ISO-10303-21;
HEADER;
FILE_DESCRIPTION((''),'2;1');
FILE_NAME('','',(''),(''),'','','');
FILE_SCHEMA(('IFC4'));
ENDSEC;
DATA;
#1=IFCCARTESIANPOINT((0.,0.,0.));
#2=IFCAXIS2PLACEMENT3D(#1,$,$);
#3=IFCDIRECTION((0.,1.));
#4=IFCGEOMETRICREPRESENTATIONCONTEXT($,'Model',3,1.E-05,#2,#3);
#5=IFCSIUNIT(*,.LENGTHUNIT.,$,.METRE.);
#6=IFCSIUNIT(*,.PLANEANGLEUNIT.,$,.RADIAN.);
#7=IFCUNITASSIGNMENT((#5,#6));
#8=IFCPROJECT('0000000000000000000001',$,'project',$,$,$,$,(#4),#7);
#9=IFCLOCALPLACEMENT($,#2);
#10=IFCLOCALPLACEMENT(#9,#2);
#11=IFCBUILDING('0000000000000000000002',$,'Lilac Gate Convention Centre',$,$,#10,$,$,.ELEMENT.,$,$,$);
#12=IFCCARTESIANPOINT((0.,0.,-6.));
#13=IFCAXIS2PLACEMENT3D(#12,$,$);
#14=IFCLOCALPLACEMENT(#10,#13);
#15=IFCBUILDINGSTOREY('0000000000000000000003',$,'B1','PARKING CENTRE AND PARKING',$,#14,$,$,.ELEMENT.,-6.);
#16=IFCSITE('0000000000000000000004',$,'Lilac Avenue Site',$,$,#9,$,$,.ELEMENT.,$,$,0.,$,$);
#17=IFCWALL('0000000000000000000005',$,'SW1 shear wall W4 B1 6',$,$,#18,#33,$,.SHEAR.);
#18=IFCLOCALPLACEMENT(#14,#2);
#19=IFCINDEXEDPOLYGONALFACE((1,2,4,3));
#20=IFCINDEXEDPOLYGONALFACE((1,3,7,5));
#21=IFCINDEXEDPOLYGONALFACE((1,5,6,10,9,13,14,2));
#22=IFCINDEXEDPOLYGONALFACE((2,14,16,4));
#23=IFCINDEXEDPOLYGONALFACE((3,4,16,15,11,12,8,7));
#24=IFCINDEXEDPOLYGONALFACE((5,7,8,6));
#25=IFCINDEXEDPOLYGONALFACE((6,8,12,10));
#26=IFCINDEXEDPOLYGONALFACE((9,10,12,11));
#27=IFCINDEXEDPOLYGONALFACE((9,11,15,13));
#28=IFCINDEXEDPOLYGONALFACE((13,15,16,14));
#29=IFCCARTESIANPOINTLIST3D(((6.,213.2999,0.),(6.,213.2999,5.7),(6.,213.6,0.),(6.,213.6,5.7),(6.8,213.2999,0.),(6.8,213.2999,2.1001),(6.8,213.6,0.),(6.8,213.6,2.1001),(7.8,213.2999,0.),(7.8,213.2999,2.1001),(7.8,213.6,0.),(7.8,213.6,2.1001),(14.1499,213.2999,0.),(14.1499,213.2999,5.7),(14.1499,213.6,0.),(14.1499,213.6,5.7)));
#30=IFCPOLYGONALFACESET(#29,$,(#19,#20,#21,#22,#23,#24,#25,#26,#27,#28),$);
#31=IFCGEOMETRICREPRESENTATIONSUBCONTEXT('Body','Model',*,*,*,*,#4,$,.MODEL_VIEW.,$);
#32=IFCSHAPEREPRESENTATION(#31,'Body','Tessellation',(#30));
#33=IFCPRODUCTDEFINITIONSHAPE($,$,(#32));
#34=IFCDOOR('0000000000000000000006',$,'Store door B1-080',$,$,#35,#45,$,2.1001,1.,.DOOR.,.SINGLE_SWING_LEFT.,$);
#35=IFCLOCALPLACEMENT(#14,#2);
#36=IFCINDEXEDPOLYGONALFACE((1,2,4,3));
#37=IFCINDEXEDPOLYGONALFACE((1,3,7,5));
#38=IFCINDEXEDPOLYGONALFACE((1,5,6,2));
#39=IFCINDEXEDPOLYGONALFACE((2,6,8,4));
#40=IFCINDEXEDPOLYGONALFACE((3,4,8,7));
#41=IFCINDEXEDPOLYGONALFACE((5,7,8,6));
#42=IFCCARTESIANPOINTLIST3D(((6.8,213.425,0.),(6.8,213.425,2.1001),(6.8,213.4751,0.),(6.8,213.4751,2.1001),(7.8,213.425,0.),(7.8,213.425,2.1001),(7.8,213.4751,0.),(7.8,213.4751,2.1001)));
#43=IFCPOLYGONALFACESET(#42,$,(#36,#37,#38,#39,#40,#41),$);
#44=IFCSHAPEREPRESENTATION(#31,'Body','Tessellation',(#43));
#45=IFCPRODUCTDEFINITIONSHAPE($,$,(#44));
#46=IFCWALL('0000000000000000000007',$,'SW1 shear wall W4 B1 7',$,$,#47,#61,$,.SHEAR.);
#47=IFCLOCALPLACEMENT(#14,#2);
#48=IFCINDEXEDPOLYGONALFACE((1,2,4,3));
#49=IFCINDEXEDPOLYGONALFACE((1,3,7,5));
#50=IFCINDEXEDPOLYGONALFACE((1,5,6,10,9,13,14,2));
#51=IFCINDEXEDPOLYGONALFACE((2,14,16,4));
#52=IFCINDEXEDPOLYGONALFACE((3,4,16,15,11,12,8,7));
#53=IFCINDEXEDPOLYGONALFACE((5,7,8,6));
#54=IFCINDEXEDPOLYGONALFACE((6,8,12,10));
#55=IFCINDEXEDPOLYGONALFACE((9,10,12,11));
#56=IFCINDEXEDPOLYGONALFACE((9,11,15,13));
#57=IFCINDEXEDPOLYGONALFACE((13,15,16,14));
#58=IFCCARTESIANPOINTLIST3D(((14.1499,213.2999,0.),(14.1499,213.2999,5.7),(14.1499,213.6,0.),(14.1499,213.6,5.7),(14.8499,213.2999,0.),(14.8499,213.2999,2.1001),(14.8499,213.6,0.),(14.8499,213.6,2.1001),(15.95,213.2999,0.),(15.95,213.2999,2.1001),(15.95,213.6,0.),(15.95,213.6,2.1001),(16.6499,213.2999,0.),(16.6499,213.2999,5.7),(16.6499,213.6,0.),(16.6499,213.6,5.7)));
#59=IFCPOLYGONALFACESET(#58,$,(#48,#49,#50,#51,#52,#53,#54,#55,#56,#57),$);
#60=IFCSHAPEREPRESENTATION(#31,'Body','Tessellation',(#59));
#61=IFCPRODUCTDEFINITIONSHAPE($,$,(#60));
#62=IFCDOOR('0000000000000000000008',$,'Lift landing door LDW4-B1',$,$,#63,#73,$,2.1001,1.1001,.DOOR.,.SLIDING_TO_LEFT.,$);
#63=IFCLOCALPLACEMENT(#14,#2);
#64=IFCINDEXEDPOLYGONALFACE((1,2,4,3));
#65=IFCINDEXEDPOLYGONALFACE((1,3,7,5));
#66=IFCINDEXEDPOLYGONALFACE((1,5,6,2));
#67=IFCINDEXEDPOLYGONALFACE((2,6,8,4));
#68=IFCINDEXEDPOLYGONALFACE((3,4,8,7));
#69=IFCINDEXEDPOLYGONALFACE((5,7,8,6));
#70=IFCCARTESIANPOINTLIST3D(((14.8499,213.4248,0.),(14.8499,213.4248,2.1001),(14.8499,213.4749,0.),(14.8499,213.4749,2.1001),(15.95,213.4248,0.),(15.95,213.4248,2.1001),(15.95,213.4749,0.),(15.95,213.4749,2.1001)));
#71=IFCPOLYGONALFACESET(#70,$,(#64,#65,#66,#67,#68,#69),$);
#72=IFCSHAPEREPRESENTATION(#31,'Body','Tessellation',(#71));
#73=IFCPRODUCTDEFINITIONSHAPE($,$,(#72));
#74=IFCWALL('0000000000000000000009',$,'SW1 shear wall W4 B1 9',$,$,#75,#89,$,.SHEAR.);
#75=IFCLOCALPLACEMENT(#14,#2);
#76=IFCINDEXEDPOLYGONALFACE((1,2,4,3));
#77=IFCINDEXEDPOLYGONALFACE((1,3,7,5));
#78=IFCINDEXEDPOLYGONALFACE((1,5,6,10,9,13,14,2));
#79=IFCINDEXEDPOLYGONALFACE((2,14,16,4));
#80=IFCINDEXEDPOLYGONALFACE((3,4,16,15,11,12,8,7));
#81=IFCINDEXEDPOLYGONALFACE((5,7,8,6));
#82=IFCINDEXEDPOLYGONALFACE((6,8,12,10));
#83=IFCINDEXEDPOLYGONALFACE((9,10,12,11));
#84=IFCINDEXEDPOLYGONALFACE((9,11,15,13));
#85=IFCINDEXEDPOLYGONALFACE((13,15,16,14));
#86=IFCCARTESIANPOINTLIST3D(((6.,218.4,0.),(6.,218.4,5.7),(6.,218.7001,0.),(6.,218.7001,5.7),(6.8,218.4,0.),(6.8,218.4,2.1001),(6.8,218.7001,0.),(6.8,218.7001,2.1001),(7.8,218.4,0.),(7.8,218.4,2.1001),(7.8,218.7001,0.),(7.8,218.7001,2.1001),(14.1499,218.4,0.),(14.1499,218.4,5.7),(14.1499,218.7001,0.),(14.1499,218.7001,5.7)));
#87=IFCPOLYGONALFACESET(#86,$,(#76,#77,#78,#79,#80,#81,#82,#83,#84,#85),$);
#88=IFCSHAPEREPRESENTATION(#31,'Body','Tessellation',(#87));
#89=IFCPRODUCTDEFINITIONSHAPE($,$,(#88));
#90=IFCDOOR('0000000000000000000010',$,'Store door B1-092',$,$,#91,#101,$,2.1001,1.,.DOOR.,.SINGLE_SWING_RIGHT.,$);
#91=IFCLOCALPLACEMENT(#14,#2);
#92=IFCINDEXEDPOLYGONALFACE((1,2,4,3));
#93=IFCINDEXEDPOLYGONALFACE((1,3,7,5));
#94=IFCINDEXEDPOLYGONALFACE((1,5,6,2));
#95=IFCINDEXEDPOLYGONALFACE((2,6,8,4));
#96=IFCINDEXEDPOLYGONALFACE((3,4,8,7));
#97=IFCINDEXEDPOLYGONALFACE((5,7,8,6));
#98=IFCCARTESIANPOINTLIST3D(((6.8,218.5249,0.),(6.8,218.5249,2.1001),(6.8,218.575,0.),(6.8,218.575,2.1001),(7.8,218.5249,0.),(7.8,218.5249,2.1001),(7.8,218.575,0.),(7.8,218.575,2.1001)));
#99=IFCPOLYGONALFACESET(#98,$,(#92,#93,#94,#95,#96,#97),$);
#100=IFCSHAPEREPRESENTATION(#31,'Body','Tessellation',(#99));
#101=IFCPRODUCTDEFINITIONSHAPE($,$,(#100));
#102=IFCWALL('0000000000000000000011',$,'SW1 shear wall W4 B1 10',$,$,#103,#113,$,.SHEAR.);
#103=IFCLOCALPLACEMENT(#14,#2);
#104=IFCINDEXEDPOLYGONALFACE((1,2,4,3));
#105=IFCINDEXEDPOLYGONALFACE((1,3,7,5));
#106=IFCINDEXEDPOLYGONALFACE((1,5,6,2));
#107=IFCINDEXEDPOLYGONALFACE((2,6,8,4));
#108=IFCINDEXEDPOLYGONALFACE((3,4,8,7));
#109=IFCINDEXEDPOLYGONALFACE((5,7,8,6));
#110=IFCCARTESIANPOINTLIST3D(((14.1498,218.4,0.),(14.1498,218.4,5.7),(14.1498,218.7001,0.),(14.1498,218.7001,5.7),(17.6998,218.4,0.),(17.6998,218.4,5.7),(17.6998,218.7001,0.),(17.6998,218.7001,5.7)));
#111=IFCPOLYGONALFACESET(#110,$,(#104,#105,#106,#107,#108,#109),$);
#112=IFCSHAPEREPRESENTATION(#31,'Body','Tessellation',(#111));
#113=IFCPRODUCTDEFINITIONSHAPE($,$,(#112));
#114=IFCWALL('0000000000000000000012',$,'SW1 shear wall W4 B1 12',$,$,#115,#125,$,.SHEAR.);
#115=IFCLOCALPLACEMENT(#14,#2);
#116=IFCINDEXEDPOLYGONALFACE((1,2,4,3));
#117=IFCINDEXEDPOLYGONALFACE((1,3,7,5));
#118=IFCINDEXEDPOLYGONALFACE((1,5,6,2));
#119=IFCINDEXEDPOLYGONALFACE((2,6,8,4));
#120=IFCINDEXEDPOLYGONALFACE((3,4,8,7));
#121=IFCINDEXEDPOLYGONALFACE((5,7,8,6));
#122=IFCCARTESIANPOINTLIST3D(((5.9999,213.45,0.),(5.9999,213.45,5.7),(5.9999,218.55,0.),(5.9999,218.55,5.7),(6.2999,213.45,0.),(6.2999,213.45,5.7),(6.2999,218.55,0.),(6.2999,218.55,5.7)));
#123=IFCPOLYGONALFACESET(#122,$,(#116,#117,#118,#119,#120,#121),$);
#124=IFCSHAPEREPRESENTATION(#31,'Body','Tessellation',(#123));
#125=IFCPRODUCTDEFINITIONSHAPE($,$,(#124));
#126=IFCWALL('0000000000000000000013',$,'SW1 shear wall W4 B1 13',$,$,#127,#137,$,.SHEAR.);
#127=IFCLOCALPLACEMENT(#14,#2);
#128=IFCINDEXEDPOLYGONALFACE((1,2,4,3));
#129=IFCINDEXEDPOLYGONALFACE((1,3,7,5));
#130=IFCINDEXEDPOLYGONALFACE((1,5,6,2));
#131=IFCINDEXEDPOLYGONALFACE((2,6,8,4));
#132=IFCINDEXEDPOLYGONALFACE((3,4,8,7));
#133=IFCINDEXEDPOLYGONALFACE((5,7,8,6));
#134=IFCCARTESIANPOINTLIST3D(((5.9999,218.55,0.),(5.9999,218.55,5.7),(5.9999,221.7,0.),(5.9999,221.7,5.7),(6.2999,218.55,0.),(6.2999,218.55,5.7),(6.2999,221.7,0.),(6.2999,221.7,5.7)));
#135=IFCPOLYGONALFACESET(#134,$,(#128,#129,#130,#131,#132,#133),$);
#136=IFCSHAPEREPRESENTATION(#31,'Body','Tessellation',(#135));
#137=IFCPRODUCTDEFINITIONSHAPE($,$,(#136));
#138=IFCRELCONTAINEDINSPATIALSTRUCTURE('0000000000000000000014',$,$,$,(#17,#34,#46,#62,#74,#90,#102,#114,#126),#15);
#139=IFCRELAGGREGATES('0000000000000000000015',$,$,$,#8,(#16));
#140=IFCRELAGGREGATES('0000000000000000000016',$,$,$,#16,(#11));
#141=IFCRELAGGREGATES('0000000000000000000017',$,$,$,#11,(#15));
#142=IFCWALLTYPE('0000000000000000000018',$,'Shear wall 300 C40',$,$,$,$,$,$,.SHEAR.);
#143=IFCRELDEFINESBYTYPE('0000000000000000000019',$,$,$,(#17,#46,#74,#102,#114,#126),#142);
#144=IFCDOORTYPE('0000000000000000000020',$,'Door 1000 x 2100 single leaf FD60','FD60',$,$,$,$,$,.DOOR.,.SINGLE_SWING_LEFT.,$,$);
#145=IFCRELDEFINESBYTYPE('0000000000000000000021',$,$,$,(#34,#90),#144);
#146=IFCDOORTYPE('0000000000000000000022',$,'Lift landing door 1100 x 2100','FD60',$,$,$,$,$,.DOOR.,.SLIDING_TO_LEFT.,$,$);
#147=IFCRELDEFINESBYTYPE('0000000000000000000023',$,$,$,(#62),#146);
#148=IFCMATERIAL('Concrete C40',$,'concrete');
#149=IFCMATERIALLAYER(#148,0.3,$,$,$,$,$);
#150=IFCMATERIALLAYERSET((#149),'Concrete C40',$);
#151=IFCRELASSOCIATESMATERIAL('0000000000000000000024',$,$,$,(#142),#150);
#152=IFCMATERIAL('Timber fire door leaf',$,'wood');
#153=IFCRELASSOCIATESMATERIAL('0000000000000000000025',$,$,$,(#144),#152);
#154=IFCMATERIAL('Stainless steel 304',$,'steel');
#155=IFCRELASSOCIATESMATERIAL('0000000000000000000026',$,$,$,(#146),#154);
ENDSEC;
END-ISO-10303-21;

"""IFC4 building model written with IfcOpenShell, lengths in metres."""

from ifc_helpers import new_model, si_unit, direction, frame, frame_2d, origin, place, context, subcontext, project, spatial, rectangle, extrude, material, layer, layer_set, type_object, element, fill, save


model = new_model("IFC4")

# Units and contexts
model_context = context("Model", 3, precision=1e-05, world=origin(), true_north=direction((0.0, 1.0)))
body_context = subcontext(model_context, "Body", "Model", "MODEL_VIEW")
ifc_project = project(units=[si_unit("LENGTHUNIT", "METRE"), si_unit("PLANEANGLEUNIT", "RADIAN")], contexts=[model_context])

# Site, building, storey
site_placement = place(None, origin())
site = spatial("IfcSite", under=ifc_project, at=site_placement, Name="Lilac Avenue Site", CompositionType="ELEMENT", RefElevation=0.0)
building_placement = place(site_placement, origin())
building = spatial("IfcBuilding", under=site, at=building_placement, Name="Lilac Gate Convention Centre", CompositionType="ELEMENT")
storey_placement = place(building_placement, frame((0.0, 0.0, -6.0)))
storey = spatial("IfcBuildingStorey", under=building, at=storey_placement, Name="B1", Description="PARKING CENTRE AND PARKING", CompositionType="ELEMENT", Elevation=-6.0)

# Shared definitions
ifc_material_1 = material(Name="Timber fire door leaf", Category="wood")

# Shared definitions
ifc_material_2 = material(Name="Concrete C40", Category="concrete")
ifc_layer_1 = layer(ifc_material_2, 0.3)
ifc_layer_set_1 = layer_set([ifc_layer_1], Name="Concrete C40")
wall_type_1 = type_object("IfcWallType", Name="Shear wall 300 C40", PredefinedType="SHEAR", material=ifc_layer_set_1)

# Walls, openings, doors
wall_1_placement = place(storey_placement, frame((6.0, 213.45, 0.0), z_axis=(0.0, 0.0, 1.0), x_axis=(1.0, 0.0, 0.0)))
wall_1 = element("IfcWall", 1, at=wall_1_placement, inside=storey, type_object=wall_type_1, Name="SW1 shear wall W4 B1 6", PredefinedType="SHEAR", context=body_context, shape_type="SweptSolid", body=[
    extrude(rectangle(XDim=8.1499, YDim=0.3, at=frame_2d((4.075, 0.0))), origin(), (0.0, 0.0, 1.0), 5.7),
])
opening_1_placement = place(wall_1_placement, frame((0.8, 0.0, 0.0)))
opening_1 = element("IfcOpeningElement", 2, at=opening_1_placement, cuts=wall_1, PredefinedType="OPENING", context=body_context, shape_type="SweptSolid", body=[
    extrude(rectangle(XDim=1.0, YDim=2.1001, at=frame_2d((0.5, 1.05))), frame((0.0, 0.1599, 0.0), z_axis=(0.0, -1.0, 0.0), x_axis=(1.0, 0.0, 0.0)), (0.0, 0.0, 1.0), 0.3201),
])
door_type_1 = type_object("IfcDoorType", Name="Door 1000 x 2100 single leaf FD60", Description="FD60", OperationType="SINGLE_SWING_LEFT", PredefinedType="DOOR", material=ifc_material_1)
door_1_placement = place(opening_1_placement, frame((1.0, 0.0, 0.0), z_axis=(0.0, 0.0, 1.0), x_axis=(-1.0, 0.0, 0.0)))
door_1 = element("IfcDoor", 3, at=door_1_placement, inside=storey, type_object=door_type_1, Name="Store door B1-080", OperationType="SINGLE_SWING_LEFT", OverallHeight=2.1001, OverallWidth=1.0, PredefinedType="DOOR", context=body_context, shape_type="SweptSolid", body=[
    extrude(rectangle(XDim=1.0, YDim=2.1001, at=frame_2d((0.5, 1.05))), frame((0.0, 0.0249, 0.0), z_axis=(0.0, -1.0, 0.0), x_axis=(1.0, 0.0, 0.0)), (0.0, 0.0, 1.0), 0.05),
])
fill(opening_1, door_1)
wall_2_placement = place(storey_placement, frame((14.1499, 213.45, 0.0), z_axis=(0.0, 0.0, 1.0), x_axis=(1.0, 0.0, 0.0)))
wall_2 = element("IfcWall", 4, at=wall_2_placement, inside=storey, type_object=wall_type_1, Name="SW1 shear wall W4 B1 7", PredefinedType="SHEAR", context=body_context, shape_type="SweptSolid", body=[
    extrude(rectangle(XDim=2.5, YDim=0.3, at=frame_2d((1.25, 0.0))), origin(), (0.0, 0.0, 1.0), 5.7),
])
opening_2_placement = place(wall_2_placement, frame((0.7, 0.0, 0.0)))
opening_2 = element("IfcOpeningElement", 5, at=opening_2_placement, cuts=wall_2, PredefinedType="OPENING", context=body_context, shape_type="SweptSolid", body=[
    extrude(rectangle(XDim=1.1001, YDim=2.1001, at=frame_2d((0.55, 1.05))), frame((0.0, 0.1599, 0.0), z_axis=(0.0, -1.0, 0.0), x_axis=(1.0, 0.0, 0.0)), (0.0, 0.0, 1.0), 0.3201),
])
ifc_material_3 = material(Name="Stainless steel 304", Category="steel")
door_type_2 = type_object("IfcDoorType", Name="Lift landing door 1100 x 2100", Description="FD60", OperationType="SLIDING_TO_LEFT", PredefinedType="DOOR", material=ifc_material_3)
door_2_placement = place(opening_2_placement, origin())
door_2 = element("IfcDoor", 6, at=door_2_placement, inside=storey, type_object=door_type_2, Name="Lift landing door LDW4-B1", OperationType="SLIDING_TO_LEFT", OverallHeight=2.1001, OverallWidth=1.1001, PredefinedType="DOOR", context=body_context, shape_type="SweptSolid", body=[
    extrude(rectangle(XDim=1.1001, YDim=2.1001, at=frame_2d((0.55, 1.05))), frame((0.0, 0.0249, 0.0), z_axis=(0.0, -1.0, 0.0), x_axis=(1.0, 0.0, 0.0)), (0.0, 0.0, 1.0), 0.05),
])
fill(opening_2, door_2)
wall_3_placement = place(storey_placement, frame((6.0, 218.55, 0.0), z_axis=(0.0, 0.0, 1.0), x_axis=(1.0, 0.0, 0.0)))
wall_3 = element("IfcWall", 7, at=wall_3_placement, inside=storey, type_object=wall_type_1, Name="SW1 shear wall W4 B1 9", PredefinedType="SHEAR", context=body_context, shape_type="SweptSolid", body=[
    extrude(rectangle(XDim=8.1499, YDim=0.3, at=frame_2d((4.075, 0.0))), origin(), (0.0, 0.0, 1.0), 5.7),
])
opening_3_placement = place(wall_3_placement, frame((0.8, 0.0, 0.0)))
opening_3 = element("IfcOpeningElement", 8, at=opening_3_placement, cuts=wall_3, PredefinedType="OPENING", context=body_context, shape_type="SweptSolid", body=[
    extrude(rectangle(XDim=1.0, YDim=2.1001, at=frame_2d((0.5, 1.05))), frame((0.0, 0.1599, 0.0), z_axis=(0.0, -1.0, 0.0), x_axis=(1.0, 0.0, 0.0)), (0.0, 0.0, 1.0), 0.3201),
])
door_3_placement = place(opening_3_placement, origin())
door_3 = element("IfcDoor", 9, at=door_3_placement, inside=storey, type_object=door_type_1, Name="Store door B1-092", OperationType="SINGLE_SWING_RIGHT", OverallHeight=2.1001, OverallWidth=1.0, PredefinedType="DOOR", context=body_context, shape_type="SweptSolid", body=[
    extrude(rectangle(XDim=1.0, YDim=2.1001, at=frame_2d((0.5, 1.05))), frame((0.0, 0.0249, 0.0), z_axis=(0.0, -1.0, 0.0), x_axis=(1.0, 0.0, 0.0)), (0.0, 0.0, 1.0), 0.05),
])
fill(opening_3, door_3)

# Walls
wall_4_placement = place(storey_placement, frame((14.1499, 218.55, 0.0), z_axis=(0.0, 0.0, 1.0), x_axis=(1.0, 0.0, 0.0)))
element("IfcWall", 10, at=wall_4_placement, inside=storey, type_object=wall_type_1, Name="SW1 shear wall W4 B1 10", PredefinedType="SHEAR", context=body_context, shape_type="SweptSolid", body=[
    extrude(rectangle(XDim=3.55, YDim=0.3, at=frame_2d((1.7749, 0.0))), origin(), (0.0, 0.0, 1.0), 5.7),
])
wall_5_placement = place(storey_placement, frame((6.1499, 213.45, 0.0), z_axis=(0.0, 0.0, 1.0), x_axis=(0.0, 1.0, 0.0)))
element("IfcWall", 11, at=wall_5_placement, inside=storey, type_object=wall_type_1, Name="SW1 shear wall W4 B1 12", PredefinedType="SHEAR", context=body_context, shape_type="SweptSolid", body=[
    extrude(rectangle(XDim=5.1001, YDim=0.3, at=frame_2d((2.55, 0.0))), origin(), (0.0, 0.0, 1.0), 5.7),
])
wall_6_placement = place(storey_placement, frame((6.1499, 218.55, 0.0), z_axis=(0.0, 0.0, 1.0), x_axis=(0.0, 1.0, 0.0)))
element("IfcWall", 12, at=wall_6_placement, inside=storey, type_object=wall_type_1, Name="SW1 shear wall W4 B1 13", PredefinedType="SHEAR", context=body_context, shape_type="SweptSolid", body=[
    extrude(rectangle(XDim=3.1499, YDim=0.3, at=frame_2d((1.575, 0.0))), origin(), (0.0, 0.0, 1.0), 5.7),
])

save(model, "model.ifc")
